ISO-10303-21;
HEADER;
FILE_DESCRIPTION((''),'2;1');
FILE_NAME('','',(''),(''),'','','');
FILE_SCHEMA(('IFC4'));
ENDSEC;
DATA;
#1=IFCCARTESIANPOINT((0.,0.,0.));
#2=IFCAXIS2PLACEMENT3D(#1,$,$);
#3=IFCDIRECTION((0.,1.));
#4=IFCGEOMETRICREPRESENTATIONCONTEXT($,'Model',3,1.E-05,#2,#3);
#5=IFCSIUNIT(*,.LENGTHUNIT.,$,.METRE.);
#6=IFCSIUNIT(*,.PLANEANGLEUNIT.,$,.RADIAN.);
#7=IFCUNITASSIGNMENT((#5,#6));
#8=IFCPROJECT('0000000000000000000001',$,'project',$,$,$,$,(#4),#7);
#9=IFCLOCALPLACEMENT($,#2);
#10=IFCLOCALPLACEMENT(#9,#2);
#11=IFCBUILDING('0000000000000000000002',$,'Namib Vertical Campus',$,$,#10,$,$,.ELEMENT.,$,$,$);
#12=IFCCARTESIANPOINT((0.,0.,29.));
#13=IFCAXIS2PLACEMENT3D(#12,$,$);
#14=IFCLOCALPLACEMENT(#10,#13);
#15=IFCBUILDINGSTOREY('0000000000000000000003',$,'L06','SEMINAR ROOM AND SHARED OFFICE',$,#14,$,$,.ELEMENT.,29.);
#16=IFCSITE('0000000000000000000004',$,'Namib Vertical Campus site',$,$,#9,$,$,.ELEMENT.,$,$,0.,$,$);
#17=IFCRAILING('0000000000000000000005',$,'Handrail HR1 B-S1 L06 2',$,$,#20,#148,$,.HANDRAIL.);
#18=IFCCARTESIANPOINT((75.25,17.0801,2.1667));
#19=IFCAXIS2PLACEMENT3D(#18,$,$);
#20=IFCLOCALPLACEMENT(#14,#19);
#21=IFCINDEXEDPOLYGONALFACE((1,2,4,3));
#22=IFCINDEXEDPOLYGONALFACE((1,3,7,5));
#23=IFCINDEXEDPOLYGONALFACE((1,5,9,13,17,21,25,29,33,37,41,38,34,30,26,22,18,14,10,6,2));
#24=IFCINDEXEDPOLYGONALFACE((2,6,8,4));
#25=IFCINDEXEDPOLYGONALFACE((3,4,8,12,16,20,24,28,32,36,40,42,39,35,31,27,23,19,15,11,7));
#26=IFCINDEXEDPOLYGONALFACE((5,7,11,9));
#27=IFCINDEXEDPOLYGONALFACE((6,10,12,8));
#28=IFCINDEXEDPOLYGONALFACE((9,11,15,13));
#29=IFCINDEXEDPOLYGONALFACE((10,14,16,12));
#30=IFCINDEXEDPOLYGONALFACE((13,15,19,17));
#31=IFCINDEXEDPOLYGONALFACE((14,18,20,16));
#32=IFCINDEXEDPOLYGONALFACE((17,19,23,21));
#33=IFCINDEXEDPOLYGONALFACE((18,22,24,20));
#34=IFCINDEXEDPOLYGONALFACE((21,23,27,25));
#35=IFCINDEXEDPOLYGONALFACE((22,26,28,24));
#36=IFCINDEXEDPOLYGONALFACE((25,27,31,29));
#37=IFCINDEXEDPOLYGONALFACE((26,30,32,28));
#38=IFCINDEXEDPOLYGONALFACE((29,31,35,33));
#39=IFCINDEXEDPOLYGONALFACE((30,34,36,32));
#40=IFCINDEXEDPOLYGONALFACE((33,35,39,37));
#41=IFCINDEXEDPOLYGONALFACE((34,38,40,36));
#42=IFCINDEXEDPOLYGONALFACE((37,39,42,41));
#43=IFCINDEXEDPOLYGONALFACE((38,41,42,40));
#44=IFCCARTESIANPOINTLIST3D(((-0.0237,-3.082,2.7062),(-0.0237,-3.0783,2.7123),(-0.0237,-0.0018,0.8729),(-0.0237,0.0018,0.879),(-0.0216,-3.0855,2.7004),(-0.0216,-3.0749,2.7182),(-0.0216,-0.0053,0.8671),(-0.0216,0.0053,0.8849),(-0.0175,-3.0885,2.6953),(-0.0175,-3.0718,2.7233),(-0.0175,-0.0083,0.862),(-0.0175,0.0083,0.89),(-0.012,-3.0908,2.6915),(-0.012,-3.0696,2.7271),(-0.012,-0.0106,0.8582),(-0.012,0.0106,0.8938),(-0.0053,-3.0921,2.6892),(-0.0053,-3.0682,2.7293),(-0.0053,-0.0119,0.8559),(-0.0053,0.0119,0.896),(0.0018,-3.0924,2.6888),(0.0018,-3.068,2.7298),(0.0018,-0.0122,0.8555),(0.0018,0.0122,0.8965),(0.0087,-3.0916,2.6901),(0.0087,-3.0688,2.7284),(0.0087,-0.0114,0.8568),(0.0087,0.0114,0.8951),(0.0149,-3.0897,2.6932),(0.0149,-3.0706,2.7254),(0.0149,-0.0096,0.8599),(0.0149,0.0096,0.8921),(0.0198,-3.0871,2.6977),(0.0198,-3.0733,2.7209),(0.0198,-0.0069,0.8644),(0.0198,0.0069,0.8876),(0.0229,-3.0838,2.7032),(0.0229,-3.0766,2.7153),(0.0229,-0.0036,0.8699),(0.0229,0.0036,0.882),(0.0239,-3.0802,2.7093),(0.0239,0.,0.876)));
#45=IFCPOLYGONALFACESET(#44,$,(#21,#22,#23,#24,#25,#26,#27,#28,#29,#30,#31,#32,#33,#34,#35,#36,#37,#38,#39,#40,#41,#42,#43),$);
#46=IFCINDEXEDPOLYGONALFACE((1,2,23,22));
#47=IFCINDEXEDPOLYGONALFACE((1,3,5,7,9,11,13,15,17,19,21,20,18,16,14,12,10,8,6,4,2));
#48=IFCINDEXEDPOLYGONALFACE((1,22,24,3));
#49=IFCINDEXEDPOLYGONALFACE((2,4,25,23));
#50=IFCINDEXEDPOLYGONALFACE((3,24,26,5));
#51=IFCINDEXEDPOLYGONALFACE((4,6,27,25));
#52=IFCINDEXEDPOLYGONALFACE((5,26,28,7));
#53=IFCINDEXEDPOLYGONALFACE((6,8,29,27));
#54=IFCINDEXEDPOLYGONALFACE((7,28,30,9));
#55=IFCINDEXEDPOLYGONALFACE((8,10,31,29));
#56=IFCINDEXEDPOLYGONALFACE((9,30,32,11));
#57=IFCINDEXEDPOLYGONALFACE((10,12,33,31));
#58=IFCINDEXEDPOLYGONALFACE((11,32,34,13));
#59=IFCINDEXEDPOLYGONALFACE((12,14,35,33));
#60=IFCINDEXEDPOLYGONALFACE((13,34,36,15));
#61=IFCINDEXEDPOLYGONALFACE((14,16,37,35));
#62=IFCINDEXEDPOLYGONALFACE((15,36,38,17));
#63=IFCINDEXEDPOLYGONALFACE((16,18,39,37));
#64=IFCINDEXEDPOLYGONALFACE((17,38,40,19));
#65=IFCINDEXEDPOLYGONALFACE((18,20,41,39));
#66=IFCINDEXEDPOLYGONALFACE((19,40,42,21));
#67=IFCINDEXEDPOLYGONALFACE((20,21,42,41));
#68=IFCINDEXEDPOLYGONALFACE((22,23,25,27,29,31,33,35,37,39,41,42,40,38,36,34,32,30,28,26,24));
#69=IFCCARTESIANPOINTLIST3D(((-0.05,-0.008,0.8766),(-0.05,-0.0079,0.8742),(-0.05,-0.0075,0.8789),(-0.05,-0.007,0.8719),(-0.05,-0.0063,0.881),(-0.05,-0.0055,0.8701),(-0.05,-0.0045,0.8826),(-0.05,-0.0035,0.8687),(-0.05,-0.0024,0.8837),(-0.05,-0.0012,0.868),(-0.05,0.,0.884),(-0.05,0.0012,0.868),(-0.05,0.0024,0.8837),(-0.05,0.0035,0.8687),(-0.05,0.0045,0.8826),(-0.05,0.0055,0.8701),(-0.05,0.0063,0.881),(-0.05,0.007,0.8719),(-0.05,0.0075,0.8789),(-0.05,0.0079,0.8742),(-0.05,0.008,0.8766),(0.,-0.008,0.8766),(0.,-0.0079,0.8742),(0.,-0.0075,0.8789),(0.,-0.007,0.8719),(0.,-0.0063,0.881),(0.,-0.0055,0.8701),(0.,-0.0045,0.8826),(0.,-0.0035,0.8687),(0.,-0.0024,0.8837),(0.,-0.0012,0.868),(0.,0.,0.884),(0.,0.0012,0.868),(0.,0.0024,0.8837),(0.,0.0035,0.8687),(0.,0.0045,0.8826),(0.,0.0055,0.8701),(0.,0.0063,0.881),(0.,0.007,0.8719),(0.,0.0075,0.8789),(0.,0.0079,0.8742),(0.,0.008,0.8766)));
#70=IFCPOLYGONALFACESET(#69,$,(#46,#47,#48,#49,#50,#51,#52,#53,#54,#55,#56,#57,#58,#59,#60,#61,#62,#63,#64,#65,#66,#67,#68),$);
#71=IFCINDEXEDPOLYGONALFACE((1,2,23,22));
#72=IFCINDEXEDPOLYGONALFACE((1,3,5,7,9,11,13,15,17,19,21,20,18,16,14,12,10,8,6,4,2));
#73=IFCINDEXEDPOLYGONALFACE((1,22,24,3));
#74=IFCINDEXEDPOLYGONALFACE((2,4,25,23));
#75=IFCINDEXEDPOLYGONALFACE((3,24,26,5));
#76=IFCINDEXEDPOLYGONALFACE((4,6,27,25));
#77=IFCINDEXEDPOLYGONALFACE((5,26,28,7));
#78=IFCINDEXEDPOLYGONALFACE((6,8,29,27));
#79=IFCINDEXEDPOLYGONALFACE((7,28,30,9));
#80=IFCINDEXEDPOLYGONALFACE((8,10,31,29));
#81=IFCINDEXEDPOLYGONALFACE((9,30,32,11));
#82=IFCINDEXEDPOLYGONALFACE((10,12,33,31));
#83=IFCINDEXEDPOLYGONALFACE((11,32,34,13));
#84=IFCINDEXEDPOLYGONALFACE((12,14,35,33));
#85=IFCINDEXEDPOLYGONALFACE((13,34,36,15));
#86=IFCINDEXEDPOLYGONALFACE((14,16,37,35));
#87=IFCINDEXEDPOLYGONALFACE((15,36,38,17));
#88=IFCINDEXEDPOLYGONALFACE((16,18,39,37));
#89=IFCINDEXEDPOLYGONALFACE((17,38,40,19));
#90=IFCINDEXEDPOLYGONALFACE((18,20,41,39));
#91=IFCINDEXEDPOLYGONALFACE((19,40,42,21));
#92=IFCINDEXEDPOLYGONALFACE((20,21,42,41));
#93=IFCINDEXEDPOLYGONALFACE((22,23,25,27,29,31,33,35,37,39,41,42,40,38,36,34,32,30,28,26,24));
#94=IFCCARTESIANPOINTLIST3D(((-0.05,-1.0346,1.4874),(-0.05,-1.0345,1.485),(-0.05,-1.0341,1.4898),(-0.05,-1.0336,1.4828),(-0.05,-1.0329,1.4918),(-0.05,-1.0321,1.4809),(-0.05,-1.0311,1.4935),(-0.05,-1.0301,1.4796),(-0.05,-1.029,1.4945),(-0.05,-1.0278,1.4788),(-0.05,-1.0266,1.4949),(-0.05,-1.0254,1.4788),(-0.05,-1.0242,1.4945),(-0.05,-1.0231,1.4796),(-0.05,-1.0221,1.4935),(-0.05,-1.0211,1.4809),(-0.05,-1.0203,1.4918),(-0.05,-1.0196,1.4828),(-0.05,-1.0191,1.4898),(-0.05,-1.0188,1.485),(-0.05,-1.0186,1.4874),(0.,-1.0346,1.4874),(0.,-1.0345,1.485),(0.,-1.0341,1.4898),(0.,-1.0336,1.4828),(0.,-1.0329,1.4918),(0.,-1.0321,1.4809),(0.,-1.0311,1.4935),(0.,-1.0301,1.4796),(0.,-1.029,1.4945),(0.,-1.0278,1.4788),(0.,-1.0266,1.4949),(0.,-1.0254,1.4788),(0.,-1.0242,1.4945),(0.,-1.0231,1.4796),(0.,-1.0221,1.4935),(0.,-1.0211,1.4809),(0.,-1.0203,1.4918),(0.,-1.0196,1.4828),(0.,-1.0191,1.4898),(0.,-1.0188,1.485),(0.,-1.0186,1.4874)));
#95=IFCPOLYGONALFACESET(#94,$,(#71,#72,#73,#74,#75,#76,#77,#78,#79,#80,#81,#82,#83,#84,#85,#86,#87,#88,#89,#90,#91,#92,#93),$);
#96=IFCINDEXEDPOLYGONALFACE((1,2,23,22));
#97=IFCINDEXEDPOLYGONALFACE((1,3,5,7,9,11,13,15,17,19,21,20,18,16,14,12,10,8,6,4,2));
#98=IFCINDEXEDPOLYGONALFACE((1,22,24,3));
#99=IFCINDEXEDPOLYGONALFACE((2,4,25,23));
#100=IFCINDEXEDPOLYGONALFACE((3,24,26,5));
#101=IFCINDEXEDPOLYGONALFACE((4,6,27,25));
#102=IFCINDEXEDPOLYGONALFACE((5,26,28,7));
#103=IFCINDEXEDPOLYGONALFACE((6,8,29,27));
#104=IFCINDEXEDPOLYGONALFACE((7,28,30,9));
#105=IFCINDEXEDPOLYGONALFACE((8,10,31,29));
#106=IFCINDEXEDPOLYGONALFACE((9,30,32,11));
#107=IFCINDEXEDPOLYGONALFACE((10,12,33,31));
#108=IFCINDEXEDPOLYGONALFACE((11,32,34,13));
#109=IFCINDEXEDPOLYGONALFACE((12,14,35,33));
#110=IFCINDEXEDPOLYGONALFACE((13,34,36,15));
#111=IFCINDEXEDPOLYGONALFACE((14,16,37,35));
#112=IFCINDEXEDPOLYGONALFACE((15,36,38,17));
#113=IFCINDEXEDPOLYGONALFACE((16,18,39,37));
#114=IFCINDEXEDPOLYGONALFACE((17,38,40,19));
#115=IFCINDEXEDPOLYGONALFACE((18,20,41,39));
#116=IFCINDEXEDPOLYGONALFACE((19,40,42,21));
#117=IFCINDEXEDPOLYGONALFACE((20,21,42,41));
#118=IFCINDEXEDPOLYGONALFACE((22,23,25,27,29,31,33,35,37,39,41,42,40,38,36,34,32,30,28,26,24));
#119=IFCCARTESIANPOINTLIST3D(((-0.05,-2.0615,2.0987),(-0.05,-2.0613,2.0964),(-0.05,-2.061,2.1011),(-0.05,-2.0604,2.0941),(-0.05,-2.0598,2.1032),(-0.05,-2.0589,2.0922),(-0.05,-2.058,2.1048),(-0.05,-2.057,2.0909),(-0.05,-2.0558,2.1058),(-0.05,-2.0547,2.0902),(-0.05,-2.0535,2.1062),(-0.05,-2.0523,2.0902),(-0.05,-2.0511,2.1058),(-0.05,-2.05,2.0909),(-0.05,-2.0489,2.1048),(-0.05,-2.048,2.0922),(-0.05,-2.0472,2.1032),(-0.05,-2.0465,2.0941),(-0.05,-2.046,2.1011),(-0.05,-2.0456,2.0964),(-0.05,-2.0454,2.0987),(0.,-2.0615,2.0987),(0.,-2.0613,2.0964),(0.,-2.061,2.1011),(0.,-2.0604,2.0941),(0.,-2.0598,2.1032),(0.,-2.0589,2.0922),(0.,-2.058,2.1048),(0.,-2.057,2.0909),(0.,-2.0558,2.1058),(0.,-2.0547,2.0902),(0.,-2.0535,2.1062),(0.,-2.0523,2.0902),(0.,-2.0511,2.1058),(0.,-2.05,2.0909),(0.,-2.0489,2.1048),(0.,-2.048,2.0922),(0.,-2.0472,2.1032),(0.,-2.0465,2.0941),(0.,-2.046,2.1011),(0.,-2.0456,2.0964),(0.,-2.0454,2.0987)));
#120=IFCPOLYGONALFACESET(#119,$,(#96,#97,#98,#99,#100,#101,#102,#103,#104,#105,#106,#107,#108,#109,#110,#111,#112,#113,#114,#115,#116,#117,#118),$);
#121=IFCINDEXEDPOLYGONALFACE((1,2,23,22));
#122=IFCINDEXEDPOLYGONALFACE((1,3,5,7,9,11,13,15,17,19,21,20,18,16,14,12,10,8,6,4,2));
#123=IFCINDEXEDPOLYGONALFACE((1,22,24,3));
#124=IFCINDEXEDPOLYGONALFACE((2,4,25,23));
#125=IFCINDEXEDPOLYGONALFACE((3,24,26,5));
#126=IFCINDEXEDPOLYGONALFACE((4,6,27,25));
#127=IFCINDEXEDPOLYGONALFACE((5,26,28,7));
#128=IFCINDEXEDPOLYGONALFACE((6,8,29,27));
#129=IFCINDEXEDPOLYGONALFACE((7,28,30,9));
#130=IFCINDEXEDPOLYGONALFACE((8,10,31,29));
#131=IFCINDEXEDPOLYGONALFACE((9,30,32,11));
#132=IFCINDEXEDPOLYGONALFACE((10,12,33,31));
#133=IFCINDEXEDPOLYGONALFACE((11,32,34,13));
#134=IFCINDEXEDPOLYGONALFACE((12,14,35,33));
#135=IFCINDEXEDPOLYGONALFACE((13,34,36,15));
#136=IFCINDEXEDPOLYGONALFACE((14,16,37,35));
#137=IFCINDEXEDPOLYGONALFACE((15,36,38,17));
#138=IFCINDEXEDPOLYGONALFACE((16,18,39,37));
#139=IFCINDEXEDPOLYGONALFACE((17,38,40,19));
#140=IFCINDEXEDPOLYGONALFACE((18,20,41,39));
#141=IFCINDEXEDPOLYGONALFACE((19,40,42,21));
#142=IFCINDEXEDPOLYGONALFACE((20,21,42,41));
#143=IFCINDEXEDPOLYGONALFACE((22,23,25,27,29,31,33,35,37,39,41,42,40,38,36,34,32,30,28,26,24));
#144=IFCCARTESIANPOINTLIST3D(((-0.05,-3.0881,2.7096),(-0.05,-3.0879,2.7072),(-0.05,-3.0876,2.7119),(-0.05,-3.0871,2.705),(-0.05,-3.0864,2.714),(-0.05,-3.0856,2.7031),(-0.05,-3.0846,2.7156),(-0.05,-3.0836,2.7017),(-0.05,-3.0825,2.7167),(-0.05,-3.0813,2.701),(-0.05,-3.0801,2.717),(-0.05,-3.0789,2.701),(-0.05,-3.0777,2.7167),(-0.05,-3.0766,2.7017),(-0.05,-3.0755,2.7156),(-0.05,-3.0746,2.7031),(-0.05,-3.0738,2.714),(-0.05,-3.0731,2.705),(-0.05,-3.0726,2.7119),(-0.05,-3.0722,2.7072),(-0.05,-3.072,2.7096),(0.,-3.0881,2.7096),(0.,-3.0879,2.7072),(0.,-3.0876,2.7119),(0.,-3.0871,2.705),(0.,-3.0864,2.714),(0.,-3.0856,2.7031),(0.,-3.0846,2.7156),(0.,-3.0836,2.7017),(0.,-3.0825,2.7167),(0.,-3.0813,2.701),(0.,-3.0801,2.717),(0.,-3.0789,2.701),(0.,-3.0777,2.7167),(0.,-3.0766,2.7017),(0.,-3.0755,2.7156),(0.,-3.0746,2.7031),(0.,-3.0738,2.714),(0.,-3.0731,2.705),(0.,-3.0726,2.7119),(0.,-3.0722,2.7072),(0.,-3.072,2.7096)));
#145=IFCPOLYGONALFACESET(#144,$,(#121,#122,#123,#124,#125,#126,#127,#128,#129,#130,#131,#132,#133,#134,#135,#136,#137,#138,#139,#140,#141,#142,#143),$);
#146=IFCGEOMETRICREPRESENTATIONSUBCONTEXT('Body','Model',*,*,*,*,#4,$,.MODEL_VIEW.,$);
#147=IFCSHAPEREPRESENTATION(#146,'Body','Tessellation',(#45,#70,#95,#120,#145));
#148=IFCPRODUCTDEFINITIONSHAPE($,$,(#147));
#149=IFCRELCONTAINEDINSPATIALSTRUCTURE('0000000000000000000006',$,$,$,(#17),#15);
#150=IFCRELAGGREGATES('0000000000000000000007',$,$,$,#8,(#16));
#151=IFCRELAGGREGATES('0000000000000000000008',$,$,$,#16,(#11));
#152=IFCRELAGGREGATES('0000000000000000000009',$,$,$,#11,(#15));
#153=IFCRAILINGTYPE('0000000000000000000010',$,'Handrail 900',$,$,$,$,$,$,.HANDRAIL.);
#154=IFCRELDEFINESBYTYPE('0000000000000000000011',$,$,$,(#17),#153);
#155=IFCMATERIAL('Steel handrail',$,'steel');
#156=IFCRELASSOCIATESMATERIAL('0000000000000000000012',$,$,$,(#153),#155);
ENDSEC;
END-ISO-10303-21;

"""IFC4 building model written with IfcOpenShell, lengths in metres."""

from ifc_helpers import new_model, si_unit, direction, frame, origin, origin_2d, place, context, subcontext, project, spatial, circle, extrude, material, type_object, element, save


model = new_model("IFC4")

# Units and contexts
model_context = context("Model", 3, precision=1e-05, world=origin(), true_north=direction((0.0, 1.0)))
body_context = subcontext(model_context, "Body", "Model", "MODEL_VIEW")
ifc_project = project(units=[si_unit("LENGTHUNIT", "METRE"), si_unit("PLANEANGLEUNIT", "RADIAN")], contexts=[model_context])

# Site, building, storey
site_placement = place(None, origin())
site = spatial("IfcSite", under=ifc_project, at=site_placement, Name="Namib Vertical Campus site", CompositionType="ELEMENT", RefElevation=0.0)
building_placement = place(site_placement, origin())
building = spatial("IfcBuilding", under=site, at=building_placement, Name="Namib Vertical Campus", CompositionType="ELEMENT")
storey_placement = place(building_placement, frame((0.0, 0.0, 29.0)))
storey = spatial("IfcBuildingStorey", under=building, at=storey_placement, Name="L06", Description="SEMINAR ROOM AND SHARED OFFICE", CompositionType="ELEMENT", Elevation=29.0)

# Railing
ifc_material_1 = material(Name="Steel handrail", Category="steel")
railing_type_1 = type_object("IfcRailingType", Name="Handrail 900", PredefinedType="HANDRAIL", material=ifc_material_1)
railing_1_placement = place(storey_placement, frame((75.25, 17.0801, 2.1667)))
element("IfcRailing", 1, at=railing_1_placement, inside=storey, type_object=railing_type_1, Name="Handrail HR1 B-S1 L06 2", PredefinedType="HANDRAIL", context=body_context, shape_type="SweptSolid", body=[
    extrude(circle(Radius=0.0239, at=origin_2d()), frame((0.0, 0.0, 0.876), z_axis=(0.0, -0.859309, 0.511458), x_axis=(1.0, 0.0, 0.0)), (0.0, 0.0, 1.0), 3.5845),
    extrude(circle(Radius=0.0081, at=origin_2d()), frame((0.0, 0.0, 0.876), z_axis=(-1.0, 0.0, 0.0), x_axis=(0.0, 0.0, 1.0)), (0.0, 0.0, 1.0), 0.05),
    extrude(circle(Radius=0.0081, at=origin_2d()), frame((0.0, -1.0266, 1.4868), z_axis=(-1.0, 0.0, 0.0), x_axis=(0.0, 0.0, 1.0)), (0.0, 0.0, 1.0), 0.05),
    extrude(circle(Radius=0.0081, at=origin_2d()), frame((0.0, -2.0535, 2.0981), z_axis=(-1.0, 0.0, 0.0), x_axis=(0.0, 0.0, 1.0)), (0.0, 0.0, 1.0), 0.05),
    extrude(circle(Radius=0.0081, at=origin_2d()), frame((0.0, -3.0801, 2.709), z_axis=(-1.0, 0.0, 0.0), x_axis=(0.0, 0.0, 1.0)), (0.0, 0.0, 1.0), 0.05),
])

save(model, "model.ifc")
